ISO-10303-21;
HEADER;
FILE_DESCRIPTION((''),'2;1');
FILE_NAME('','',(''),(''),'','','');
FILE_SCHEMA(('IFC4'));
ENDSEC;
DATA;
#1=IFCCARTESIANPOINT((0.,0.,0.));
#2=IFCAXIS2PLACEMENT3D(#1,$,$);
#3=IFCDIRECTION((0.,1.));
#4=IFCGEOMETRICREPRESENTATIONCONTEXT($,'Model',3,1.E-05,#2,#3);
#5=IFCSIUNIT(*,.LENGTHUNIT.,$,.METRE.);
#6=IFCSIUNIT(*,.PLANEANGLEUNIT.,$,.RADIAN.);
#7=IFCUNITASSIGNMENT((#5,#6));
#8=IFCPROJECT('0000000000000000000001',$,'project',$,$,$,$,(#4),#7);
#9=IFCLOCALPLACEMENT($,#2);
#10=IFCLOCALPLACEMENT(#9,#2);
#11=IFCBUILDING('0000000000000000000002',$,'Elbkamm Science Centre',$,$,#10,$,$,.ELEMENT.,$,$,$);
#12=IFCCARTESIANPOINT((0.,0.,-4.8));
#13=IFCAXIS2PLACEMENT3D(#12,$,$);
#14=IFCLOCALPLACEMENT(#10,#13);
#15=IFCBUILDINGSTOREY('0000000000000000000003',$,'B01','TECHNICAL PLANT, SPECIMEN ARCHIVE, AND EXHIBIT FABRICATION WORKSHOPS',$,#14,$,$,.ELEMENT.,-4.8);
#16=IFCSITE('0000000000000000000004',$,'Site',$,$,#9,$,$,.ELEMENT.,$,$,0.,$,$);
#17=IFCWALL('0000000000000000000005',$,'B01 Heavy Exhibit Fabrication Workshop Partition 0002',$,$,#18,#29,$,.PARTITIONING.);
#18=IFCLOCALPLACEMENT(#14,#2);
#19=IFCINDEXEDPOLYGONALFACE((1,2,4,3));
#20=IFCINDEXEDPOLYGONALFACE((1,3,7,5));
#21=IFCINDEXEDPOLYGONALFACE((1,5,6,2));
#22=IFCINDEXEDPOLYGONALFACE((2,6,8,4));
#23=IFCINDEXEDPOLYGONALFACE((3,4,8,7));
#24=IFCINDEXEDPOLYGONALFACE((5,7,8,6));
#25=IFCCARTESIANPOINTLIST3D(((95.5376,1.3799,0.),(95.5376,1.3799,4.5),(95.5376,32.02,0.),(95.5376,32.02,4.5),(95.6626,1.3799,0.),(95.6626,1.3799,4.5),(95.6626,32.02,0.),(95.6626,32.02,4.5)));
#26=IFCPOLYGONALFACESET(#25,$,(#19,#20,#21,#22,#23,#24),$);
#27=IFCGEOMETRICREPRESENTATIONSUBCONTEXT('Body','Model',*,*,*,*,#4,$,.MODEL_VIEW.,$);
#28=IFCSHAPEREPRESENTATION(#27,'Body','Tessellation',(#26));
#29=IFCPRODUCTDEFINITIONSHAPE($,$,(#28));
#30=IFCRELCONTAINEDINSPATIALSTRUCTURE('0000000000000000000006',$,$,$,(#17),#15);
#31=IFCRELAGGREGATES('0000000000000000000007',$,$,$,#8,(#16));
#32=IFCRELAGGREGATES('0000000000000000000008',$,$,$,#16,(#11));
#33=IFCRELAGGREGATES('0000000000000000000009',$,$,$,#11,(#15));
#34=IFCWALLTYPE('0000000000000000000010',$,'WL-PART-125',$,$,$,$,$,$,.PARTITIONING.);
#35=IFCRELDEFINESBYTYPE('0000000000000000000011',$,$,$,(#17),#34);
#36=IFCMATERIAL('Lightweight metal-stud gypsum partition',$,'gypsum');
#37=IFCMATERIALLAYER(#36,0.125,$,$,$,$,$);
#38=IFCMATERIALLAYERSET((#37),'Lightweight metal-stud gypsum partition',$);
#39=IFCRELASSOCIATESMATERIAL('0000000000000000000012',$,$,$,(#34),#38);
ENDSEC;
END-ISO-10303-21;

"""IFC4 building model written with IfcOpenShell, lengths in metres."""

from ifc_helpers import new_model, si_unit, direction, frame, frame_2d, origin, place, context, subcontext, project, spatial, rectangle, extrude, material, layer, layer_set, type_object, element, save


model = new_model("IFC4")

# Units and contexts
model_context = context("Model", 3, precision=1e-05, world=origin(), true_north=direction((0.0, 1.0)))
body_context = subcontext(model_context, "Body", "Model", "MODEL_VIEW")
ifc_project = project(units=[si_unit("LENGTHUNIT", "METRE"), si_unit("PLANEANGLEUNIT", "RADIAN")], contexts=[model_context])

# Site, building, storey
site_placement = place(None, origin())
site = spatial("IfcSite", under=ifc_project, at=site_placement, Name="Site", CompositionType="ELEMENT", RefElevation=0.0)
building_placement = place(site_placement, origin())
building = spatial("IfcBuilding", under=site, at=building_placement, Name="Elbkamm Science Centre", CompositionType="ELEMENT")
storey_placement = place(building_placement, frame((0.0, 0.0, -4.8)))
storey = spatial("IfcBuildingStorey", under=building, at=storey_placement, Name="B01", Description="TECHNICAL PLANT, SPECIMEN ARCHIVE, AND EXHIBIT FABRICATION WORKSHOPS", CompositionType="ELEMENT", Elevation=-4.8)

# Wall
ifc_material_1 = material(Name="Lightweight metal-stud gypsum partition", Category="gypsum")
ifc_layer_1 = layer(ifc_material_1, 0.125)
ifc_layer_set_1 = layer_set([ifc_layer_1], Name="Lightweight metal-stud gypsum partition")
wall_type = type_object("IfcWallType", Name="WL-PART-125", PredefinedType="PARTITIONING", material=ifc_layer_set_1)
wall_placement = place(storey_placement, frame((95.6001, 32.02, 0.0), z_axis=(0.0, 0.0, 1.0), x_axis=(0.0, -1.0, 0.0)))
element("IfcWall", 1, at=wall_placement, inside=storey, type_object=wall_type, Name="B01 Heavy Exhibit Fabrication Workshop Partition 0002", PredefinedType="PARTITIONING", context=body_context, shape_type="SweptSolid", body=[
    extrude(rectangle(XDim=30.6401, YDim=0.125, at=frame_2d((15.3201, 0.0))), origin(), (0.0, 0.0, 1.0), 4.5),
])

save(model, "model.ifc")
